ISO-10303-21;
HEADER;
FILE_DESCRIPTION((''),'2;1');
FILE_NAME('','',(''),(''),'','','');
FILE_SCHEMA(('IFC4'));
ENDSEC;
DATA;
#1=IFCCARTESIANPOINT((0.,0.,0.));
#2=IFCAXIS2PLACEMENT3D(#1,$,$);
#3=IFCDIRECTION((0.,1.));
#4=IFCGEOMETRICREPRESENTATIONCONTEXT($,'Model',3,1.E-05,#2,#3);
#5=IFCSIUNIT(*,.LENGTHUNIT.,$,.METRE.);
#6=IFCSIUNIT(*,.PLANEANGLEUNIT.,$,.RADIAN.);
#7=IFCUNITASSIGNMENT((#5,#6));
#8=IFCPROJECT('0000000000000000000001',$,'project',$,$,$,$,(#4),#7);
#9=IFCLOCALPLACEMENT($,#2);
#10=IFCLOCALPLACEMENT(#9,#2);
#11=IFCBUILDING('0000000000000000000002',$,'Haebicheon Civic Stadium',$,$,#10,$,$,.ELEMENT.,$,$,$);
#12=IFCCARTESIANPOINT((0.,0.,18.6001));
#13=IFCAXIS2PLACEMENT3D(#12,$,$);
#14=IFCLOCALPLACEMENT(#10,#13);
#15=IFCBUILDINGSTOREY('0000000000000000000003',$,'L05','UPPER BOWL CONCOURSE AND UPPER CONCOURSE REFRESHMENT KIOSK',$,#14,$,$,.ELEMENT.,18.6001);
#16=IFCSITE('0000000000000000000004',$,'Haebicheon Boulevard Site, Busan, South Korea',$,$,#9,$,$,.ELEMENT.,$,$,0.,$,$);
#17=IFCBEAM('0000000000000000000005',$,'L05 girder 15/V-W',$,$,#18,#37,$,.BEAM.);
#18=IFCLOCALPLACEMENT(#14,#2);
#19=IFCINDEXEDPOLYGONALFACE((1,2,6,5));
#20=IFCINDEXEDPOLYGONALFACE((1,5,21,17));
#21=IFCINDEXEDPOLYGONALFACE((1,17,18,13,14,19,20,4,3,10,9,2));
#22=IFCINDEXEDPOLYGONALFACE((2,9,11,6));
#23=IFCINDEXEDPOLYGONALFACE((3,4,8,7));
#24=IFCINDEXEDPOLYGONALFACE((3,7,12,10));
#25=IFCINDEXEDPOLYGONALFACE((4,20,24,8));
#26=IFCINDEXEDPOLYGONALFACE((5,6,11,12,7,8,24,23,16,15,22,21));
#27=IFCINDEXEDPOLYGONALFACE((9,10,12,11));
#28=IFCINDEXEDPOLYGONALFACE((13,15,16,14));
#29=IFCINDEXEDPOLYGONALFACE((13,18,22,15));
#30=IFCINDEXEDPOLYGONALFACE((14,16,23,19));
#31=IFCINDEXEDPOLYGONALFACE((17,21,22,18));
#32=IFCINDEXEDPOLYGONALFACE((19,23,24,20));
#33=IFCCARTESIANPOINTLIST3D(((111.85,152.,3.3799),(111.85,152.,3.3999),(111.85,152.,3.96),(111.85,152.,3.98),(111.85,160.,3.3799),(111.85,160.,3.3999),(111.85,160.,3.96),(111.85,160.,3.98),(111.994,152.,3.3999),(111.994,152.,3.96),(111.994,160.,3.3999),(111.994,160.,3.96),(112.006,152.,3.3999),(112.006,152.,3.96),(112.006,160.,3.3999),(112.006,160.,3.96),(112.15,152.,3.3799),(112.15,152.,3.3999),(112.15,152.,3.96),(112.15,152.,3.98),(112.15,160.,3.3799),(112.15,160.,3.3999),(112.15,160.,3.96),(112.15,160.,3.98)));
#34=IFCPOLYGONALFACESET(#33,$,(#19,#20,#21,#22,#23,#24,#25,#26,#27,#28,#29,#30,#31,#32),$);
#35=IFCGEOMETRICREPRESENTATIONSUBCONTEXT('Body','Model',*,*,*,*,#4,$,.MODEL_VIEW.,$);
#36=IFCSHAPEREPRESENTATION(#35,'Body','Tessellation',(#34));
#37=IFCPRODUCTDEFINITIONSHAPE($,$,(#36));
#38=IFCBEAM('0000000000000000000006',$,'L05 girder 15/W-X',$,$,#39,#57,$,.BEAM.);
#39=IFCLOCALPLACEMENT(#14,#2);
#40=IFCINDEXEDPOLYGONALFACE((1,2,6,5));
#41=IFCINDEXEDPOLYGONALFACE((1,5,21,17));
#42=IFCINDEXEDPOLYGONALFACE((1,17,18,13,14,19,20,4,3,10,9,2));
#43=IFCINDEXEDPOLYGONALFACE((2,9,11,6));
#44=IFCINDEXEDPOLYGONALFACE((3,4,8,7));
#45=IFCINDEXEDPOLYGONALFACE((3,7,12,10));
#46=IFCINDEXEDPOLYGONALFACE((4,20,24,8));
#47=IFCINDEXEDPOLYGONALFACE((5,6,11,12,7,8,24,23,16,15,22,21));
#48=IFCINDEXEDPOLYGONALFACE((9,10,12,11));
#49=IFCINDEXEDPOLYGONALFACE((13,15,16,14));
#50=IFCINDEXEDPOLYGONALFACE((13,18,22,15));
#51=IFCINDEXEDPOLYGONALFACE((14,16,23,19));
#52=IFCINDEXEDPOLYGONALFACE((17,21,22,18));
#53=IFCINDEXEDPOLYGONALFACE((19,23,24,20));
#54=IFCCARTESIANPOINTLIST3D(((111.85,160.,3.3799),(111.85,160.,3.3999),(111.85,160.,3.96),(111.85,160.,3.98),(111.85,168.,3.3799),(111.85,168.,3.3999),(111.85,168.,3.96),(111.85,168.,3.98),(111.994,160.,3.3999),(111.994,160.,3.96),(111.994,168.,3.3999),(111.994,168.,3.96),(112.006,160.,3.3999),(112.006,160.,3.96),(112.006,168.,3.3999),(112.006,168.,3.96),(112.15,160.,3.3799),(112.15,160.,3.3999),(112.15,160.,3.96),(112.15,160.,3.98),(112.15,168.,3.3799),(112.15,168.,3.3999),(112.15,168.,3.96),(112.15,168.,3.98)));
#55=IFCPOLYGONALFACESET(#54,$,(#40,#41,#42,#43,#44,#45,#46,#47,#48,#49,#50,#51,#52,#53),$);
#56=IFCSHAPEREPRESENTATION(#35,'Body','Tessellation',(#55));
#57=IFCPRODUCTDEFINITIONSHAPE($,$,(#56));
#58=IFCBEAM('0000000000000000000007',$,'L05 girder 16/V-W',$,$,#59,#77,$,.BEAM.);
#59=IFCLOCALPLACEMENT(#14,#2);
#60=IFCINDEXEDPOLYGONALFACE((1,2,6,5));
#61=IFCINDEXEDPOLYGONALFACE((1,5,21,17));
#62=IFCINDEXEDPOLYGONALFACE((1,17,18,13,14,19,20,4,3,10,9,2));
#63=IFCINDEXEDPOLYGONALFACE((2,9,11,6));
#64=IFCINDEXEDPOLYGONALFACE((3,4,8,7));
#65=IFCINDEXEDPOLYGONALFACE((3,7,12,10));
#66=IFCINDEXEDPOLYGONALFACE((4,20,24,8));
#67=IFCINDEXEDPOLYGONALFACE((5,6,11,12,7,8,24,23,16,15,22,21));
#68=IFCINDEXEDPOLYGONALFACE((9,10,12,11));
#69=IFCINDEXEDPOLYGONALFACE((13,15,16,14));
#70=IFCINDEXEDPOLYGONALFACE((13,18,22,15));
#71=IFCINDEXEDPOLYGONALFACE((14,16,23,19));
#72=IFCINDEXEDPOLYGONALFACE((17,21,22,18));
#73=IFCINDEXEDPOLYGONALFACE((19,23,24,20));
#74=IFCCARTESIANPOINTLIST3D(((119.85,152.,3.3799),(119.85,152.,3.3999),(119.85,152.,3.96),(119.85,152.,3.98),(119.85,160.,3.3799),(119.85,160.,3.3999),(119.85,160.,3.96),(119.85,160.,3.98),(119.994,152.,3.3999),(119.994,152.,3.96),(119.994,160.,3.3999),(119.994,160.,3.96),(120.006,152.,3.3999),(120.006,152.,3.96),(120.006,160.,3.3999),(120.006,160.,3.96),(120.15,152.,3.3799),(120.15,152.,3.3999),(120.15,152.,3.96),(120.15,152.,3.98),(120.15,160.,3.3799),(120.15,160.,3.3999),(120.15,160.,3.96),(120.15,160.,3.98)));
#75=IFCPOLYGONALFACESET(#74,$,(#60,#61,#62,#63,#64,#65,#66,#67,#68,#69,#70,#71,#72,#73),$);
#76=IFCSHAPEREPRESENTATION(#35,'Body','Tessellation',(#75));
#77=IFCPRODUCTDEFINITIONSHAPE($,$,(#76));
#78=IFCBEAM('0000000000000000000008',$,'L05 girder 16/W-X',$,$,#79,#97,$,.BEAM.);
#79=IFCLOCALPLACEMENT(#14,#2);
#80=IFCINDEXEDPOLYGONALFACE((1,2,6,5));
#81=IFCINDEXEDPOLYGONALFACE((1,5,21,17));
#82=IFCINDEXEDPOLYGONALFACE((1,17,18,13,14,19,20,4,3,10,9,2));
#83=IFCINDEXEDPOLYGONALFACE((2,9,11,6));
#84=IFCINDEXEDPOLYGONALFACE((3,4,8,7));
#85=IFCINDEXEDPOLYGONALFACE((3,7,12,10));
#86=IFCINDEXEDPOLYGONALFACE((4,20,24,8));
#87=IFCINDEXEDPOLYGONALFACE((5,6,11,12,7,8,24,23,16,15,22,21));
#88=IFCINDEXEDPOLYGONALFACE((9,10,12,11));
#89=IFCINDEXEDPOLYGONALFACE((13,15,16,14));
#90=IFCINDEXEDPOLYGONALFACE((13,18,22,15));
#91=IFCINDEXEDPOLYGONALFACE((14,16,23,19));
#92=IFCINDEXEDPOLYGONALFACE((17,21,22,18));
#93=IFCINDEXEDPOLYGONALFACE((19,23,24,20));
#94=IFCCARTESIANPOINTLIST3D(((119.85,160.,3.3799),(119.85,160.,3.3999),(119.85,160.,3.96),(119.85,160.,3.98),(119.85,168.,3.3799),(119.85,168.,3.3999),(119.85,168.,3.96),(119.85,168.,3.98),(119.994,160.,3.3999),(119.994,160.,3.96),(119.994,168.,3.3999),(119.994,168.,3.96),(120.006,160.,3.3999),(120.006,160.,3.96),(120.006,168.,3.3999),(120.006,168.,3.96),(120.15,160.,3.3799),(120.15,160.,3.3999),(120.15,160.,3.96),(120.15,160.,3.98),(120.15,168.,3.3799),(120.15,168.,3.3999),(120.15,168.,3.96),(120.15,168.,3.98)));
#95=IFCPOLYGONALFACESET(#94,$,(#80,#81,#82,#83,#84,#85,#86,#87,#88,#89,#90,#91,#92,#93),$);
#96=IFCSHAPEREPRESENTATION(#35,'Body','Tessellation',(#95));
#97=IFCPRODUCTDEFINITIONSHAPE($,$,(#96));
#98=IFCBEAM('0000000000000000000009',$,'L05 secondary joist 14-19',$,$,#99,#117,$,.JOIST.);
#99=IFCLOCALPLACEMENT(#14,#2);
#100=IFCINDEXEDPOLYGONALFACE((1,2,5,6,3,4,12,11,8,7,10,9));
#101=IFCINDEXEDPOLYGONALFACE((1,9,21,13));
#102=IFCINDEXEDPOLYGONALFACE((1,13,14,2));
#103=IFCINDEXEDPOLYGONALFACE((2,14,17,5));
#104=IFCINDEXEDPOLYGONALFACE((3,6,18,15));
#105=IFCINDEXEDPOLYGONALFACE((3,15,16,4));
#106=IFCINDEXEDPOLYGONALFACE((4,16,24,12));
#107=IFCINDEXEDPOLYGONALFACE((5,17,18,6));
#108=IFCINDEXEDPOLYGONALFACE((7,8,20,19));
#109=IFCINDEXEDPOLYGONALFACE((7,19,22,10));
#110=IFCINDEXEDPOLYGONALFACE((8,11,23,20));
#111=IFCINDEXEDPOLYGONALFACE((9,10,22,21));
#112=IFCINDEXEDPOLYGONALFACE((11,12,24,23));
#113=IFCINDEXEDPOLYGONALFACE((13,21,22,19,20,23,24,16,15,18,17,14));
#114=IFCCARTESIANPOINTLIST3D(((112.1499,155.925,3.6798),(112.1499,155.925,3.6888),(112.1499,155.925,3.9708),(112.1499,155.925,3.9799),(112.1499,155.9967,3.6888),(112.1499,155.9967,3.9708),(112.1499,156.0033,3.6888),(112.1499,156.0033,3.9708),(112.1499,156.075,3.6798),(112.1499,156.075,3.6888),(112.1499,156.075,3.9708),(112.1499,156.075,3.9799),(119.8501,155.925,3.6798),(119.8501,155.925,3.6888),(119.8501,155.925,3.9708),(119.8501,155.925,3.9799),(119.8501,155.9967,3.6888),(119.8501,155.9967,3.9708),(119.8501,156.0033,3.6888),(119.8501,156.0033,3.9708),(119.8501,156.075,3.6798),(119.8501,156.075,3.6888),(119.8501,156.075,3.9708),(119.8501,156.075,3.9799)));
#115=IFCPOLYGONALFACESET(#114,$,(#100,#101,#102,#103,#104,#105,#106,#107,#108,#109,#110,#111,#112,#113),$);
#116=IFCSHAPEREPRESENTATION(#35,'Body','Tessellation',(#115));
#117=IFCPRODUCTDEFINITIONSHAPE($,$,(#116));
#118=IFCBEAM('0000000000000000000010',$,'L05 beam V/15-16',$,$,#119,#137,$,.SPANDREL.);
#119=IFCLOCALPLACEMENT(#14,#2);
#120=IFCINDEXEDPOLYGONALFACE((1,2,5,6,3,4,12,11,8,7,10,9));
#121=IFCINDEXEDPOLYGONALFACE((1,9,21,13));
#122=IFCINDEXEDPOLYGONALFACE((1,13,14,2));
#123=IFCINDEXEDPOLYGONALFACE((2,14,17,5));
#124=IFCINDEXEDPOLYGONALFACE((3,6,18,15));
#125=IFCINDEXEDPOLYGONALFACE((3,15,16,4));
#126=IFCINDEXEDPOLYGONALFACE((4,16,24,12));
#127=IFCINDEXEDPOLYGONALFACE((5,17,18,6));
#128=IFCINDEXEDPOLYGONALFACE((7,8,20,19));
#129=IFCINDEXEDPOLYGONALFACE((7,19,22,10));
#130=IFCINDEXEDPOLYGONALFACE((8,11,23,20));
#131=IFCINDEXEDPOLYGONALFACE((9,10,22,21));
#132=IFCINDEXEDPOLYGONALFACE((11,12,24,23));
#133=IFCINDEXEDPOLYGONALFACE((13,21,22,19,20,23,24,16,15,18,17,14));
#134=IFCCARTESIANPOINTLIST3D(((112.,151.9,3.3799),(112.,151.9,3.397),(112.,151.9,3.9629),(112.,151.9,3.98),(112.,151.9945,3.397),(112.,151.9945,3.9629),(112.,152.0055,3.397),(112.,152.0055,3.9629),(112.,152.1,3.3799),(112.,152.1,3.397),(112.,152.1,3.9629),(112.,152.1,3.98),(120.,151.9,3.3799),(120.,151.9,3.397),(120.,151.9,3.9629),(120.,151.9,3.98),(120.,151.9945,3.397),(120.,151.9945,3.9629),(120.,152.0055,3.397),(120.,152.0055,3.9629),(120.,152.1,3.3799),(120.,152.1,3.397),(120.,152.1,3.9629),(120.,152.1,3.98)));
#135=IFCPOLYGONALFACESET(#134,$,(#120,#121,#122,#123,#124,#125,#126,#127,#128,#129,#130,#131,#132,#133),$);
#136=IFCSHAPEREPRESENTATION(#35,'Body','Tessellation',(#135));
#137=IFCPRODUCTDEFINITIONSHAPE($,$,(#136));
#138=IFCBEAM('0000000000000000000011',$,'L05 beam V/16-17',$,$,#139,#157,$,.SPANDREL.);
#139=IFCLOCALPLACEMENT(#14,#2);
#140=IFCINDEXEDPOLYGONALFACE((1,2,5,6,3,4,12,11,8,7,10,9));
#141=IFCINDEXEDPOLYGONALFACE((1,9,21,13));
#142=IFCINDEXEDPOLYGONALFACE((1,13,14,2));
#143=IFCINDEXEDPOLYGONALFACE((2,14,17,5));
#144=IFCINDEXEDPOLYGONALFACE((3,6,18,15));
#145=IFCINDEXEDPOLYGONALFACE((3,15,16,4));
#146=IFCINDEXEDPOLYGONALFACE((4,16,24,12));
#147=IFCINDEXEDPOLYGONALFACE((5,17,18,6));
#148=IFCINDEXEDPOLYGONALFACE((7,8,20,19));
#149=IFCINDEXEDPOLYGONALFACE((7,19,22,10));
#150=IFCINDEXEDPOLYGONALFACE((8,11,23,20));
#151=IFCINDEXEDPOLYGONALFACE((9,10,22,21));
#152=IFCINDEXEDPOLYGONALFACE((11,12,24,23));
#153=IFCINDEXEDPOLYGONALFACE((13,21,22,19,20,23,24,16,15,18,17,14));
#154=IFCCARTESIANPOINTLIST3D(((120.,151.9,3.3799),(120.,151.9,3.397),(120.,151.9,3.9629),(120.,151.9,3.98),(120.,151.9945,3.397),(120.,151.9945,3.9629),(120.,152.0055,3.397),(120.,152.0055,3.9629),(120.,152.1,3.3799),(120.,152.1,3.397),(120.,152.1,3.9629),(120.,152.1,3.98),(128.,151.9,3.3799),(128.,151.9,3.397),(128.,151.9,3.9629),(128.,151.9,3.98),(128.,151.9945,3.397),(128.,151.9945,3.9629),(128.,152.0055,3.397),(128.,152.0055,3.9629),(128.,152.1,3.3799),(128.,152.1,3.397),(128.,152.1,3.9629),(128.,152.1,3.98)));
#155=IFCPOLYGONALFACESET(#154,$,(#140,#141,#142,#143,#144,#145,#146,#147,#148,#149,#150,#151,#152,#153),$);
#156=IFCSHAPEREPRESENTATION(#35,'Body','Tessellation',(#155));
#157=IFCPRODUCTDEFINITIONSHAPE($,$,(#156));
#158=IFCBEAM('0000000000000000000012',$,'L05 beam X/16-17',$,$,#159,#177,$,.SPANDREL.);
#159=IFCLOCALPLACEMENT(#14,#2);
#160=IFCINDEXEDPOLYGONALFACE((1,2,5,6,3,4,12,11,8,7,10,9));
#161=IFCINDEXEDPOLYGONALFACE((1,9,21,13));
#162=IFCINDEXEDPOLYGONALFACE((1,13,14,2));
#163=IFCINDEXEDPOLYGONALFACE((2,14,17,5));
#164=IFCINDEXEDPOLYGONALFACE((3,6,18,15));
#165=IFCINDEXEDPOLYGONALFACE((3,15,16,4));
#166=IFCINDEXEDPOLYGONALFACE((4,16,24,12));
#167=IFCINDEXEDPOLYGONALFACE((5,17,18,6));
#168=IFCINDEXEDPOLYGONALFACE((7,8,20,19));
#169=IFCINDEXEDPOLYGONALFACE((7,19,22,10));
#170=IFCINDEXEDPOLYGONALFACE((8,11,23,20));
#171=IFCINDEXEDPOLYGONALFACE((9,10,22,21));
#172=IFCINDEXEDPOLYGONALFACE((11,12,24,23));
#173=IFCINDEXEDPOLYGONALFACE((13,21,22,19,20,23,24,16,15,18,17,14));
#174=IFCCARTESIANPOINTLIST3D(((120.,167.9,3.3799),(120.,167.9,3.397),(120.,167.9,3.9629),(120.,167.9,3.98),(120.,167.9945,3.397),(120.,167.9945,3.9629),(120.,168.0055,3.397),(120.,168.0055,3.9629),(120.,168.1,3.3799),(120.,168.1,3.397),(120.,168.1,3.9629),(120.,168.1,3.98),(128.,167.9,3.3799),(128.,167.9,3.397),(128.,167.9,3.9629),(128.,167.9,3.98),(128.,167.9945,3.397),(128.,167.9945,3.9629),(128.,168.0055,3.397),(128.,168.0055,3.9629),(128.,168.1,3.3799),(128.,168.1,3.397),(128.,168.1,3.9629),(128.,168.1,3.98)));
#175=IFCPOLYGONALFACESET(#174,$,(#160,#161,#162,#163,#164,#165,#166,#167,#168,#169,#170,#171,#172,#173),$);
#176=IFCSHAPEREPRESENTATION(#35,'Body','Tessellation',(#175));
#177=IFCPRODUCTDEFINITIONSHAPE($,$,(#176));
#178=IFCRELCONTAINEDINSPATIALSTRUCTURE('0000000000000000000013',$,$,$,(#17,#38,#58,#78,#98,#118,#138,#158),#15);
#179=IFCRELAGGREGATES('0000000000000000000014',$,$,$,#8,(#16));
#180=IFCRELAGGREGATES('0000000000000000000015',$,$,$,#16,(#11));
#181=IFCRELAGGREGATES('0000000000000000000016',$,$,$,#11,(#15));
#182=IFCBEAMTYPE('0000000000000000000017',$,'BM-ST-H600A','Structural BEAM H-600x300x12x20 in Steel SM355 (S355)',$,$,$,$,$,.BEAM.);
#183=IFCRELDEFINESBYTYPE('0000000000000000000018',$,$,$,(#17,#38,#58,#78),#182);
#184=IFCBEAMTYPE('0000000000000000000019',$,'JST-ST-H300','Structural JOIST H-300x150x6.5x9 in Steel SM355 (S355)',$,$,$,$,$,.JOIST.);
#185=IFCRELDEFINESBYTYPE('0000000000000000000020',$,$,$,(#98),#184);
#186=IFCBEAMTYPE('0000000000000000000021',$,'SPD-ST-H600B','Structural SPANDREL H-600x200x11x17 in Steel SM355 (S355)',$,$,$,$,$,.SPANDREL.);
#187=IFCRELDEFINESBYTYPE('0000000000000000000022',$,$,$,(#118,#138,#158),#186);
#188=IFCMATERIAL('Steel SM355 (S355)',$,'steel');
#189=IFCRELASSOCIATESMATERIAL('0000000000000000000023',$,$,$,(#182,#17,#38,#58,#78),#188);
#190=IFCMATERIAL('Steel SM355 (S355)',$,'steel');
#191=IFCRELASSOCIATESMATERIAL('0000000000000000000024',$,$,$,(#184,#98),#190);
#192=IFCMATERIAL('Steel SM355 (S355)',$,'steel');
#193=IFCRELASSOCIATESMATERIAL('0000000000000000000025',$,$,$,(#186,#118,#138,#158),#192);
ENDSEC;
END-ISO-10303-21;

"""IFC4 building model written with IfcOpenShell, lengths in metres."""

from ifc_helpers import new_model, si_unit, direction, frame, origin, origin_2d, place, context, subcontext, project, spatial, i_section, extrude, material, material_profile, profile_set, type_object, element, save


model = new_model("IFC4")

# Units and contexts
model_context = context("Model", 3, precision=1e-05, world=origin(), true_north=direction((0.0, 1.0)))
body_context = subcontext(model_context, "Body", "Model", "MODEL_VIEW")
ifc_project = project(units=[si_unit("LENGTHUNIT", "METRE"), si_unit("PLANEANGLEUNIT", "RADIAN")], contexts=[model_context])

# Site, building, storey
site_placement = place(None, origin())
site = spatial("IfcSite", under=ifc_project, at=site_placement, Name="Haebicheon Boulevard Site, Busan, South Korea", CompositionType="ELEMENT", RefElevation=0.0)
building_placement = place(site_placement, origin())
building = spatial("IfcBuilding", under=site, at=building_placement, Name="Haebicheon Civic Stadium", CompositionType="ELEMENT")
storey_placement = place(building_placement, frame((0.0, 0.0, 18.6001)))
storey = spatial("IfcBuildingStorey", under=building, at=storey_placement, Name="L05", Description="UPPER BOWL CONCOURSE AND UPPER CONCOURSE REFRESHMENT KIOSK", CompositionType="ELEMENT", Elevation=18.6001)

# Beams
ifc_material_1 = material(Name="Steel SM355 (S355)", Category="steel")
ifc_material_profile_1 = material_profile(ifc_material_1, i_section(OverallWidth=0.3, OverallDepth=0.6001, WebThickness=0.012, FlangeThickness=0.02, at=origin_2d()), Name="H-600x300x12x20")
ifc_profile_set_1 = profile_set([ifc_material_profile_1], Name="Steel SM355 (S355)")
beam_type_1 = type_object("IfcBeamType", Name="BM-ST-H600A", Description="Structural BEAM H-600x300x12x20 in Steel SM355 (S355)", PredefinedType="BEAM", material=ifc_profile_set_1)
for number, where, z_axis, x_axis, name in (
    (1, (112.0, 152.0, 3.6799), (0.0, 1.0, 0.0), (-1.0, 0.0, 0.0), "L05 girder 15/V-W"),
    (2, (112.0, 160.0, 3.6799), (0.0, 1.0, 0.0), (-1.0, 0.0, 0.0), "L05 girder 15/W-X"),
    (3, (120.0, 152.0, 3.6799), (0.0, 1.0, 0.0), (-1.0, 0.0, 0.0), "L05 girder 16/V-W"),
    (4, (120.0, 160.0, 3.6799), (0.0, 1.0, 0.0), (-1.0, 0.0, 0.0), "L05 girder 16/W-X"),
):
    element("IfcBeam", number, at=place(storey_placement, frame(where, z_axis=z_axis, x_axis=x_axis)), inside=storey, type_object=beam_type_1, material=ifc_profile_set_1, Name=name, PredefinedType="BEAM", context=body_context, shape_type="SweptSolid", body=[
        extrude(i_section(OverallWidth=0.3, OverallDepth=0.6001, WebThickness=0.012, FlangeThickness=0.02, at=origin_2d()), origin(), (0.0, 0.0, 1.0), 8.0),
    ])
ifc_material_2 = material(Name="Steel SM355 (S355)", Category="steel")
ifc_material_profile_2 = material_profile(ifc_material_2, i_section(OverallWidth=0.1499, OverallDepth=0.3, WebThickness=0.0066, FlangeThickness=0.009, at=origin_2d()), Name="H-300x150x6.5x9")
ifc_profile_set_2 = profile_set([ifc_material_profile_2], Name="Steel SM355 (S355)")
beam_type_2 = type_object("IfcBeamType", Name="JST-ST-H300", Description="Structural JOIST H-300x150x6.5x9 in Steel SM355 (S355)", PredefinedType="JOIST", material=ifc_profile_set_2)
beam_placement = place(storey_placement, frame((112.1499, 156.0, 3.8298), z_axis=(1.0, 0.0, 0.0), x_axis=(0.0, 1.0, 0.0)))
element("IfcBeam", 5, at=beam_placement, inside=storey, type_object=beam_type_2, material=ifc_profile_set_2, Name="L05 secondary joist 14-19", PredefinedType="JOIST", context=body_context, shape_type="SweptSolid", body=[
    extrude(i_section(OverallWidth=0.1499, OverallDepth=0.3, WebThickness=0.0066, FlangeThickness=0.009, at=origin_2d()), origin(), (0.0, 0.0, 1.0), 7.7002),
])
ifc_material_3 = material(Name="Steel SM355 (S355)", Category="steel")
ifc_material_profile_3 = material_profile(ifc_material_3, i_section(OverallWidth=0.2, OverallDepth=0.6001, WebThickness=0.011, FlangeThickness=0.0171, at=origin_2d()), Name="H-600x200x11x17")
ifc_profile_set_3 = profile_set([ifc_material_profile_3], Name="Steel SM355 (S355)")
beam_type_3 = type_object("IfcBeamType", Name="SPD-ST-H600B", Description="Structural SPANDREL H-600x200x11x17 in Steel SM355 (S355)", PredefinedType="SPANDREL", material=ifc_profile_set_3)
for number, where, z_axis, x_axis, name in (
    (6, (112.0, 152.0, 3.6799), (1.0, 0.0, 0.0), (0.0, 1.0, 0.0), "L05 beam V/15-16"),
    (7, (120.0, 152.0, 3.6799), (1.0, 0.0, 0.0), (0.0, 1.0, 0.0), "L05 beam V/16-17"),
    (8, (120.0, 168.0, 3.6799), (1.0, 0.0, 0.0), (0.0, 1.0, 0.0), "L05 beam X/16-17"),
):
    element("IfcBeam", number, at=place(storey_placement, frame(where, z_axis=z_axis, x_axis=x_axis)), inside=storey, type_object=beam_type_3, material=ifc_profile_set_3, Name=name, PredefinedType="SPANDREL", context=body_context, shape_type="SweptSolid", body=[
        extrude(i_section(OverallWidth=0.2, OverallDepth=0.6001, WebThickness=0.011, FlangeThickness=0.0171, at=origin_2d()), origin(), (0.0, 0.0, 1.0), 8.0),
    ])

save(model, "model.ifc")
